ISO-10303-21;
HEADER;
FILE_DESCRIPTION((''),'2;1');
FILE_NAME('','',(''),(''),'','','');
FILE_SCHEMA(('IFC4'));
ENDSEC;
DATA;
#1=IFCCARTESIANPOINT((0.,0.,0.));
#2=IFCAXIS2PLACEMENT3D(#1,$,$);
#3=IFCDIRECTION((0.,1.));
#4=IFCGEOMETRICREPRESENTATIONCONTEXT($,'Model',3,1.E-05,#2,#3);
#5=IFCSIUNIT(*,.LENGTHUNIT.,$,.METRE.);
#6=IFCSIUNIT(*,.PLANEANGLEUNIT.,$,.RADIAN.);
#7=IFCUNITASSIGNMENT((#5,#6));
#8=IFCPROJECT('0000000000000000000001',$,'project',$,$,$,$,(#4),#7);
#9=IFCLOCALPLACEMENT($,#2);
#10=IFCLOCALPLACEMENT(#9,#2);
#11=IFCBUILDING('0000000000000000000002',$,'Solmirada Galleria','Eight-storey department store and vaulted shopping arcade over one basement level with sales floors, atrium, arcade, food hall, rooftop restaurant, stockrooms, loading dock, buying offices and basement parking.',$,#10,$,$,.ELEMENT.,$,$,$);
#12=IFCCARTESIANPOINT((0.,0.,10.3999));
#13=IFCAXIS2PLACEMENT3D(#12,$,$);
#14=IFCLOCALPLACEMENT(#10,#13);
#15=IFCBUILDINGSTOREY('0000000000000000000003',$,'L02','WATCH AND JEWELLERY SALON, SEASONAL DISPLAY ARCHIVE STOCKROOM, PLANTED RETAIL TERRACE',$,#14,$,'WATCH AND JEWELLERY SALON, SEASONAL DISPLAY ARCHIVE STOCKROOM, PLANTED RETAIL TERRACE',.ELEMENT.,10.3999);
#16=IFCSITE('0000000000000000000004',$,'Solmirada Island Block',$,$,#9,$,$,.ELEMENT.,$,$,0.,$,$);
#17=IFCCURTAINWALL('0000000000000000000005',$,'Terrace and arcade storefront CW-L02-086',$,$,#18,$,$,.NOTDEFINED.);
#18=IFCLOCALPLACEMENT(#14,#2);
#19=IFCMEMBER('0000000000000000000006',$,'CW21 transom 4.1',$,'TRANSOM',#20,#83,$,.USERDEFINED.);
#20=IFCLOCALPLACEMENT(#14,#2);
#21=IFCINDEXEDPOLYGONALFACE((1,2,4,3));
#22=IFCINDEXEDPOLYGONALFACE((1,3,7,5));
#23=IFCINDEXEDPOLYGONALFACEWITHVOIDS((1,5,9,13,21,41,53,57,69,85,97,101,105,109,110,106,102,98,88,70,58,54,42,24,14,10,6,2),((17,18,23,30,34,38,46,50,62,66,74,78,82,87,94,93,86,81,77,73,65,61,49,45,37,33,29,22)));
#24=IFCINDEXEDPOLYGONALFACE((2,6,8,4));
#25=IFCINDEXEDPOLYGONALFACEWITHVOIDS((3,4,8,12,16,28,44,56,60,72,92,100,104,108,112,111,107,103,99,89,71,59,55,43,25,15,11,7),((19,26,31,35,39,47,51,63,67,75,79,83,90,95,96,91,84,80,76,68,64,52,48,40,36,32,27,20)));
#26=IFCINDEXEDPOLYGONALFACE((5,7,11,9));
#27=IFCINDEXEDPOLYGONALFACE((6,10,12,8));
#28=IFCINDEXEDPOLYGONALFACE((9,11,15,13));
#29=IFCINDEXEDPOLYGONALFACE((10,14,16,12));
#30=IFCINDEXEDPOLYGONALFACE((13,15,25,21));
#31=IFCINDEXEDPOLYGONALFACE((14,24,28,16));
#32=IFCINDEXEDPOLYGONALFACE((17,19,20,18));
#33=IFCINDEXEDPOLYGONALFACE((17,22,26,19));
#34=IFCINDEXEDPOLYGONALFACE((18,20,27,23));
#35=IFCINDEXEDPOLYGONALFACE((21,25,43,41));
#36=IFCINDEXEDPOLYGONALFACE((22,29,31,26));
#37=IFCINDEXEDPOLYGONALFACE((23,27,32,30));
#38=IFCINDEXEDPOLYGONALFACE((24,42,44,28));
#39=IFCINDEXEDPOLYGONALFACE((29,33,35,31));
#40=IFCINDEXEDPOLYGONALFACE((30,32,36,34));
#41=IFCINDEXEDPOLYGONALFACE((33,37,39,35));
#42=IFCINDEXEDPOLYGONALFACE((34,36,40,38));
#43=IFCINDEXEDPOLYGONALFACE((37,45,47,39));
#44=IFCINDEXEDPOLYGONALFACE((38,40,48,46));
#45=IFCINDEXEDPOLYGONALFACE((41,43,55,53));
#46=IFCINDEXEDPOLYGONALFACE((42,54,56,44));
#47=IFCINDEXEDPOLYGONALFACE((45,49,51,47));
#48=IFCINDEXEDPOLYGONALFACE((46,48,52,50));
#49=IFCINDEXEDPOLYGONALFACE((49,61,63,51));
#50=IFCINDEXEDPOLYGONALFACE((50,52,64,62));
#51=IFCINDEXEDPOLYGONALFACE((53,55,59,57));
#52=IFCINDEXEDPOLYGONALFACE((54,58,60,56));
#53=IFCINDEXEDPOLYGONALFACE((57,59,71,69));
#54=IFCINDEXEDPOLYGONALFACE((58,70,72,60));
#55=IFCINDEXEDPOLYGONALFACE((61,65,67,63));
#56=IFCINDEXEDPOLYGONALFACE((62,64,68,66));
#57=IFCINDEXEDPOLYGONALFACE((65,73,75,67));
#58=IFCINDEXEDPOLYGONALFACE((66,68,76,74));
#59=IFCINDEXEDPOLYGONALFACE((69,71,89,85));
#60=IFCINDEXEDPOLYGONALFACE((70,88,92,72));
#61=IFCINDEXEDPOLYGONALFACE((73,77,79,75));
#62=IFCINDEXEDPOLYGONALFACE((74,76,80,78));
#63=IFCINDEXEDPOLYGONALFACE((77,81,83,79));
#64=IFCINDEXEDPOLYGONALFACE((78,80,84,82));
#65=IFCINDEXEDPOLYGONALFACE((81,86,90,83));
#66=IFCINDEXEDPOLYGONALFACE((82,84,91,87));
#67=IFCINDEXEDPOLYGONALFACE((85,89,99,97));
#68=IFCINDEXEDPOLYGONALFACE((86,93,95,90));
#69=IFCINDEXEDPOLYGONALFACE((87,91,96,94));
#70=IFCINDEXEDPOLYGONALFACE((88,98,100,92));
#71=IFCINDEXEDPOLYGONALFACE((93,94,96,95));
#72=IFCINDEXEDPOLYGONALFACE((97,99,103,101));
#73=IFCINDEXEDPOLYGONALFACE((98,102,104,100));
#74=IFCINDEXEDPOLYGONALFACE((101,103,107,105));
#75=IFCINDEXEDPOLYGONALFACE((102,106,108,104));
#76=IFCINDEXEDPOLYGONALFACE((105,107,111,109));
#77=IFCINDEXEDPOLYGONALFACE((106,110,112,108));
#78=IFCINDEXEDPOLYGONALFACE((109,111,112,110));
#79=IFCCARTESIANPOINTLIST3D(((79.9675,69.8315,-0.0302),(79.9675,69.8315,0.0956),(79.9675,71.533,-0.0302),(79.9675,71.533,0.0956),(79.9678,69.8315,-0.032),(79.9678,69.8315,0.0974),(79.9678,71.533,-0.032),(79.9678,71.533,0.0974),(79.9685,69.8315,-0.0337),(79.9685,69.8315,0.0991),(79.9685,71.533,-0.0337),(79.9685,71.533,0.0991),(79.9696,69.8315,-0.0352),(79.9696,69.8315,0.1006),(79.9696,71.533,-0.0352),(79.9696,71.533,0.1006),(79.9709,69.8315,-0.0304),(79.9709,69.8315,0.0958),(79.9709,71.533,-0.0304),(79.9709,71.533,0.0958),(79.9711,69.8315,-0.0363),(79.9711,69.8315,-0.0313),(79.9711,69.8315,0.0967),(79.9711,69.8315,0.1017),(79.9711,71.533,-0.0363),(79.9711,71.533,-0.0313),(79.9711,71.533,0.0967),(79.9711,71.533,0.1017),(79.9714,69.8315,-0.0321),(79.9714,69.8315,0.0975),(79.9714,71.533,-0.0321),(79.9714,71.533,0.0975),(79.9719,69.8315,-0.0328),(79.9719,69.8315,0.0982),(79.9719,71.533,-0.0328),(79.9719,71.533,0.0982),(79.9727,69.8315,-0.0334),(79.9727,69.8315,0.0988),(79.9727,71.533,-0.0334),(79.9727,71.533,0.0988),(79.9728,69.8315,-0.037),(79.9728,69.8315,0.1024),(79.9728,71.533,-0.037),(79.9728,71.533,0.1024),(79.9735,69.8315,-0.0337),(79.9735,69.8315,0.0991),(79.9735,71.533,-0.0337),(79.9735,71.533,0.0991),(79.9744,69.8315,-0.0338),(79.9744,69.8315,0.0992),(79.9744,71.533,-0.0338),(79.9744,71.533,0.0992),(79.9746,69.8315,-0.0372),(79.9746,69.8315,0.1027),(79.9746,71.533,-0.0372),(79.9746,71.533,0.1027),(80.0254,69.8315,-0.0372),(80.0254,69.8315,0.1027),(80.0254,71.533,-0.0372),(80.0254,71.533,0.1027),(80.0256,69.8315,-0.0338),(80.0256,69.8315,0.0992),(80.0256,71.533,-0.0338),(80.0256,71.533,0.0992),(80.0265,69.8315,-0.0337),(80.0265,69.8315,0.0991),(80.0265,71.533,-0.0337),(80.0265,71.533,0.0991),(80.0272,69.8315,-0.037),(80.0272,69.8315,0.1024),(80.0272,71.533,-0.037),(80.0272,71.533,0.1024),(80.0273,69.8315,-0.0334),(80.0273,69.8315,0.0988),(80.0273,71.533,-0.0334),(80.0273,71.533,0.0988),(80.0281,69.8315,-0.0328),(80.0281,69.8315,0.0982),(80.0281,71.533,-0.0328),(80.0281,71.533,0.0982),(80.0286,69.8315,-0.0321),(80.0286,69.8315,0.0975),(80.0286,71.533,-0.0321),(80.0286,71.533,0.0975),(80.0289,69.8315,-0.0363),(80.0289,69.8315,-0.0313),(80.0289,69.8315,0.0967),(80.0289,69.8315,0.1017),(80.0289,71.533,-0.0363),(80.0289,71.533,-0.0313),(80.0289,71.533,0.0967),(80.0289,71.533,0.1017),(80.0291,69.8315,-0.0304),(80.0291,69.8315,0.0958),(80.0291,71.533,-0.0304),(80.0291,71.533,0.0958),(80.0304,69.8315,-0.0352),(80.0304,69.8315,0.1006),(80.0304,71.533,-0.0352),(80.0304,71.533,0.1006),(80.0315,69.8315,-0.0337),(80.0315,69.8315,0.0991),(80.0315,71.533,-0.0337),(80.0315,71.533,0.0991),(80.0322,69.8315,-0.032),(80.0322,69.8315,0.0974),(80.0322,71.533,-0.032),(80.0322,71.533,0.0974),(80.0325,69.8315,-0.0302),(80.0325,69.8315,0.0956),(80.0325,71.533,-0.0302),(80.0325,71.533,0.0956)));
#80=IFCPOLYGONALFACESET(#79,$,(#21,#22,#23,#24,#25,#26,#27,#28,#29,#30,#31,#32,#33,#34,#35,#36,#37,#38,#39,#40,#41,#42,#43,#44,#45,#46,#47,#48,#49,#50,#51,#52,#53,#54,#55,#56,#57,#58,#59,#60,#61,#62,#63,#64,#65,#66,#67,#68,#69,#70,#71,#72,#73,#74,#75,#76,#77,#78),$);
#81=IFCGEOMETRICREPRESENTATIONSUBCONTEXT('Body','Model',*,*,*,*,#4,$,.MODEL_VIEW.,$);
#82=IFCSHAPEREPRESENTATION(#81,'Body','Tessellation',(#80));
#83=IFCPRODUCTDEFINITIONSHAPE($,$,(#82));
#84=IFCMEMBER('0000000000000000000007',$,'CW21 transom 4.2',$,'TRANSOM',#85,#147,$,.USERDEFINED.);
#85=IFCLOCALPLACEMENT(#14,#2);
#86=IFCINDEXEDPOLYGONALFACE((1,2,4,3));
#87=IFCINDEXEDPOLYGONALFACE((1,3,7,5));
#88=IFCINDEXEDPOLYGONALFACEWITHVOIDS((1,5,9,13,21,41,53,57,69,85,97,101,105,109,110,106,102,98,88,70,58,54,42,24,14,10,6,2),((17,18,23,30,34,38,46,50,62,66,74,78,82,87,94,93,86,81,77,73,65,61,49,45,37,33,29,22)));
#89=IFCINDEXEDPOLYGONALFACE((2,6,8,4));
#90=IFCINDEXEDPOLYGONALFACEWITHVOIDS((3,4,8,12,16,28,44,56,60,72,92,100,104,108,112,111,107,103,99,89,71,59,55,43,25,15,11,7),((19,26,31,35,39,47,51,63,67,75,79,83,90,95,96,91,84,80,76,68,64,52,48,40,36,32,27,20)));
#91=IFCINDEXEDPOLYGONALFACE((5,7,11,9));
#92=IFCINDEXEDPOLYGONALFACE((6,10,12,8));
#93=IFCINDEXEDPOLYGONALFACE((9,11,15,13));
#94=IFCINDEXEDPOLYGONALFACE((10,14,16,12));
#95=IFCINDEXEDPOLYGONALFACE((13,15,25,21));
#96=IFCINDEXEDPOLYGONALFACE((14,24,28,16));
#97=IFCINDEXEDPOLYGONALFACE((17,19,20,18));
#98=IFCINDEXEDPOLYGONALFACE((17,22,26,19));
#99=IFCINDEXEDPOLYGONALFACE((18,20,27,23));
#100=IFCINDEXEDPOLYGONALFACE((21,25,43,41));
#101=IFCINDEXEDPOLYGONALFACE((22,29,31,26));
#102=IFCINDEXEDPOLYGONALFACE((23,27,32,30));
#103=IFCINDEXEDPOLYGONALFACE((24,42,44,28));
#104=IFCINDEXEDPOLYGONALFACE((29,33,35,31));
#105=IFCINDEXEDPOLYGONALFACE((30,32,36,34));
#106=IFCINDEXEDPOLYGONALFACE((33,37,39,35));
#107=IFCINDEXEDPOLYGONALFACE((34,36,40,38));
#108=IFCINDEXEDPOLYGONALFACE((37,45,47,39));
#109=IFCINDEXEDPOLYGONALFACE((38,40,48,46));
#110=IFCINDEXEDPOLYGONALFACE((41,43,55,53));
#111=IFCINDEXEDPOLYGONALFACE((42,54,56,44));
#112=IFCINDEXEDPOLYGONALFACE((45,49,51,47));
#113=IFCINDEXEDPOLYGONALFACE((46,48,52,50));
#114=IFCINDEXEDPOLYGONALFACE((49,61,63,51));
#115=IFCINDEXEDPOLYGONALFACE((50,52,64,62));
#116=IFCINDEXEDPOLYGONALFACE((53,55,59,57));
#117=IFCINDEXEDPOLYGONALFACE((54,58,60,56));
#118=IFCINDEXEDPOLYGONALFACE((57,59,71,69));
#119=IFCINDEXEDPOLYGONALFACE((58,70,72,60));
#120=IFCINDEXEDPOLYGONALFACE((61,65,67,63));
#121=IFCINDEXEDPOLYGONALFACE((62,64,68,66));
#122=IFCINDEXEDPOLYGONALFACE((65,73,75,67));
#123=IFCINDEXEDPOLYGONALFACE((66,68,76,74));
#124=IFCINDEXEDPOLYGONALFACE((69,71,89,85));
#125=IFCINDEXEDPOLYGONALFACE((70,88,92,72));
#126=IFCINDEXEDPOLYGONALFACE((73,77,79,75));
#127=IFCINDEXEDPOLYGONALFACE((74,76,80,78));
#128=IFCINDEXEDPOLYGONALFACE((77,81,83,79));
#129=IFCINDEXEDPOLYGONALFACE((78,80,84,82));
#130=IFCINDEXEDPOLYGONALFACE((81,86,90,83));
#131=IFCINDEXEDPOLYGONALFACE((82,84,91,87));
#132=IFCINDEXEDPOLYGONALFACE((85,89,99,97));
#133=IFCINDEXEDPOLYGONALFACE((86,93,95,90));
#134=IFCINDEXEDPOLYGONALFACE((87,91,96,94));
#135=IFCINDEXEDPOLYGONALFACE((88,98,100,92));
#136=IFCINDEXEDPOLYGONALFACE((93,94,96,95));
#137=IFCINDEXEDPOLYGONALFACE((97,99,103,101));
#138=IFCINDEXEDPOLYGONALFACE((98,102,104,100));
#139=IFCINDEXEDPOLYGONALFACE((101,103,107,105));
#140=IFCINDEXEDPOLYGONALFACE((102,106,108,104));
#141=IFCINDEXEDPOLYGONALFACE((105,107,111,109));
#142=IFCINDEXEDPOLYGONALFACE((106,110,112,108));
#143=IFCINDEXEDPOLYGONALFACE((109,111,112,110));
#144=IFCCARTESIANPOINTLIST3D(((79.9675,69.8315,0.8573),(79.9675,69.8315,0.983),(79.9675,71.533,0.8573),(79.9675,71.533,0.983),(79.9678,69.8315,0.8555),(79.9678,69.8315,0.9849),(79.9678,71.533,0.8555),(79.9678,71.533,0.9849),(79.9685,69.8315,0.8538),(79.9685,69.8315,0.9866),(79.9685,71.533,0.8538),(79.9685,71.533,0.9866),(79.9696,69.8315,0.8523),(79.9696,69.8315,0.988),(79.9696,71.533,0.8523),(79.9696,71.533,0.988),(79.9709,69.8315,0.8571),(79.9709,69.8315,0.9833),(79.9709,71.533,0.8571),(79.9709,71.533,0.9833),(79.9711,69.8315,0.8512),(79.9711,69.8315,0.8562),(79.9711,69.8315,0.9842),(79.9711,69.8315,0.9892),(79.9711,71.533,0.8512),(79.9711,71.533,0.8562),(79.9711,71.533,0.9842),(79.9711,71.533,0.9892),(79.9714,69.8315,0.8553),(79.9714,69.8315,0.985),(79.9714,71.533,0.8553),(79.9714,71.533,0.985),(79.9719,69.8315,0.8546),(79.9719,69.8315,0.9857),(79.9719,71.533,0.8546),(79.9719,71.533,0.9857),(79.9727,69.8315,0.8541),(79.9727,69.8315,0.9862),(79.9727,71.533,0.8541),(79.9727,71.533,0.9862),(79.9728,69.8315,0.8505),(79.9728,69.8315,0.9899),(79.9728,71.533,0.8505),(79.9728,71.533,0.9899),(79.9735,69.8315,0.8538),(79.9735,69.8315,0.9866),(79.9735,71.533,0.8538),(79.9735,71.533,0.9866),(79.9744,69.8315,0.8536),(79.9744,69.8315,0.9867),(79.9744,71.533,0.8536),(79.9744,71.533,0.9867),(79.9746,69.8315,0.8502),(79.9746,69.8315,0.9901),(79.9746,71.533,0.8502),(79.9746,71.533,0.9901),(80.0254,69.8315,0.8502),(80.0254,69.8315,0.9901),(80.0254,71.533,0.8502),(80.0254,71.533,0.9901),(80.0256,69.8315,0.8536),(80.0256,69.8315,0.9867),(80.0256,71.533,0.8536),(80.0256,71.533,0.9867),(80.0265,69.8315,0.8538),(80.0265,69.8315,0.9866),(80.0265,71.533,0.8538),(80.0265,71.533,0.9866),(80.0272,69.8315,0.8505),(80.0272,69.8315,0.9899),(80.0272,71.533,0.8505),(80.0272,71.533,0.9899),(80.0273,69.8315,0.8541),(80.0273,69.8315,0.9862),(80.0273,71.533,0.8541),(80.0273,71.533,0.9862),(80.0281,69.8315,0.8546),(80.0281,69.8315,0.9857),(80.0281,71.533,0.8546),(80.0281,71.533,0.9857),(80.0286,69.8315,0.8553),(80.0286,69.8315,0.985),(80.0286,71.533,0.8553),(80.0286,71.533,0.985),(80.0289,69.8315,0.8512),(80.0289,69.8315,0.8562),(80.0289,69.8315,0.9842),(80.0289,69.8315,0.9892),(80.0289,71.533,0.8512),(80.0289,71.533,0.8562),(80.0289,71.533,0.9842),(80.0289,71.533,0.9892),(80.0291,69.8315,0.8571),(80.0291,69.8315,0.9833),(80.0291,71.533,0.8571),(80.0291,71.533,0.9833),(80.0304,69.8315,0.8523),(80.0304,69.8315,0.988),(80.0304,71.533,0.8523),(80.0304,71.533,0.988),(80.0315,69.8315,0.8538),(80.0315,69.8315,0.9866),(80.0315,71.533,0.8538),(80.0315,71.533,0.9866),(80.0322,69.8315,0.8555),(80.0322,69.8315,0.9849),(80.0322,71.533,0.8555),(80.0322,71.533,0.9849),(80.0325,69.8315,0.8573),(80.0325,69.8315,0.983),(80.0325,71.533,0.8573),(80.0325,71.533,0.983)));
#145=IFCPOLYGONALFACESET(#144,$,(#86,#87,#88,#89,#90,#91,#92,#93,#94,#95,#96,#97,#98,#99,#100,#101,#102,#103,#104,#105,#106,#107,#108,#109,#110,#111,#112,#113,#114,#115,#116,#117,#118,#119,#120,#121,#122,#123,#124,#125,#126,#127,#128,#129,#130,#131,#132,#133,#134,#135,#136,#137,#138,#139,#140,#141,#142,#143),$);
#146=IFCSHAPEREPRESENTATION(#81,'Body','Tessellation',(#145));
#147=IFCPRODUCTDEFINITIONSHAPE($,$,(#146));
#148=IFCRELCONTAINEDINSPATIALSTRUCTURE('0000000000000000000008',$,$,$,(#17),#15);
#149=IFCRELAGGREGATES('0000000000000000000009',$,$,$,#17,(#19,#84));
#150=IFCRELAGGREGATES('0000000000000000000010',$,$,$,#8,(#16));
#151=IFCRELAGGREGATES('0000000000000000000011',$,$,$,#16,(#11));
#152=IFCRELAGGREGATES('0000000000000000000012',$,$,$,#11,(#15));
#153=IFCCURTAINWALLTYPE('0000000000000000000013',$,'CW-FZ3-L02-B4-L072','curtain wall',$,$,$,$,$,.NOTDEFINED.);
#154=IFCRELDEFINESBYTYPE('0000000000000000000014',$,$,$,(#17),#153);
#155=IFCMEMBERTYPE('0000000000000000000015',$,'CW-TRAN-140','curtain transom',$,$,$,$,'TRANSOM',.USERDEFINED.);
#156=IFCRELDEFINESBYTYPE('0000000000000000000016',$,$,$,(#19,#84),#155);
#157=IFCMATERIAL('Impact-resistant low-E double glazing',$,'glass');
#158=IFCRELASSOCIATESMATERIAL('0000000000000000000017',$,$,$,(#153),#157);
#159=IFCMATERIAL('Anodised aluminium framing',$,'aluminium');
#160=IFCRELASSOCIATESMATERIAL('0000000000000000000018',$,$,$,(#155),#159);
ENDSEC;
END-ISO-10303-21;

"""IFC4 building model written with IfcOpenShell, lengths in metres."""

from ifc_helpers import new_model, si_unit, direction, frame, origin, origin_2d, place, context, subcontext, project, spatial, hollow_rectangle, extrude, material, material_profile, profile_set, type_object, element, aggregate, save


model = new_model("IFC4")

# Units and contexts
model_context = context("Model", 3, precision=1e-05, world=origin(), true_north=direction((0.0, 1.0)))
body_context = subcontext(model_context, "Body", "Model", "MODEL_VIEW")
ifc_project = project(units=[si_unit("LENGTHUNIT", "METRE"), si_unit("PLANEANGLEUNIT", "RADIAN")], contexts=[model_context])

# Site, building, storey
site_placement = place(None, origin())
site = spatial("IfcSite", under=ifc_project, at=site_placement, Name="Solmirada Island Block", CompositionType="ELEMENT", RefElevation=0.0)
building_placement = place(site_placement, origin())
building = spatial("IfcBuilding", under=site, at=building_placement, Name="Solmirada Galleria", Description="Eight-storey department store and vaulted shopping arcade over one basement level with sales floors, atrium, arcade, food hall, rooftop restaurant, stockrooms, loading dock, buying offices and basement parking.", CompositionType="ELEMENT")
storey_placement = place(building_placement, frame((0.0, 0.0, 10.3999)))
storey = spatial("IfcBuildingStorey", under=building, at=storey_placement, Name="L02", Description="WATCH AND JEWELLERY SALON, SEASONAL DISPLAY ARCHIVE STOCKROOM, PLANTED RETAIL TERRACE", LongName="WATCH AND JEWELLERY SALON, SEASONAL DISPLAY ARCHIVE STOCKROOM, PLANTED RETAIL TERRACE", CompositionType="ELEMENT", Elevation=10.3999)

# Curtain wall
ifc_material_1 = material(Name="Impact-resistant low-E double glazing", Category="glass")
curtain_wall_type = type_object("IfcCurtainWallType", Name="CW-FZ3-L02-B4-L072", Description="curtain wall", PredefinedType="NOTDEFINED", material=ifc_material_1)
curtain_wall_1_placement = place(storey_placement, origin())
curtain_wall_1 = element("IfcCurtainWall", 1, at=curtain_wall_1_placement, inside=storey, type_object=curtain_wall_type, Name="Terrace and arcade storefront CW-L02-086", PredefinedType="NOTDEFINED")
ifc_material_2 = material(Name="Anodised aluminium framing", Category="aluminium")

# Members
ifc_material_profile_1 = material_profile(ifc_material_2, hollow_rectangle(XDim=0.0649, YDim=0.1399, WallThickness=0.0034, InnerFilletRadius=0.0034, OuterFilletRadius=0.0071, at=origin_2d()), Name="ALU-TRAN-140X65")
ifc_profile_set_1 = profile_set([ifc_material_profile_1], Name="Anodised aluminium framing")
member_type_1 = type_object("IfcMemberType", Name="CW-TRAN-140", Description="curtain transom", ElementType="TRANSOM", PredefinedType="USERDEFINED", material=ifc_profile_set_1)
member_1_placement = place(storey_placement, frame((80.0, 69.8315, 0.0327), z_axis=(0.0, 1.0, 0.0), x_axis=(-1.0, 0.0, 0.0)))
member_1 = element("IfcMember", 2, at=member_1_placement, type_object=member_type_1, Name="CW21 transom 4.1", ObjectType="TRANSOM", PredefinedType="USERDEFINED", context=body_context, shape_type="SweptSolid", body=[
    extrude(hollow_rectangle(XDim=0.0649, YDim=0.1399, WallThickness=0.0034, InnerFilletRadius=0.0034, OuterFilletRadius=0.0071, at=origin_2d()), origin(), (0.0, 0.0, 1.0), 1.7014),
])
member_2_placement = place(storey_placement, frame((80.0, 69.8315, 0.9202), z_axis=(0.0, 1.0, 0.0), x_axis=(-1.0, 0.0, 0.0)))
member_2 = element("IfcMember", 3, at=member_2_placement, type_object=member_type_1, Name="CW21 transom 4.2", ObjectType="TRANSOM", PredefinedType="USERDEFINED", context=body_context, shape_type="SweptSolid", body=[
    extrude(hollow_rectangle(XDim=0.0649, YDim=0.1399, WallThickness=0.0034, InnerFilletRadius=0.0034, OuterFilletRadius=0.0071, at=origin_2d()), origin(), (0.0, 0.0, 1.0), 1.7014),
])

aggregate(curtain_wall_1, [member_1, member_2])

save(model, "model.ifc")
